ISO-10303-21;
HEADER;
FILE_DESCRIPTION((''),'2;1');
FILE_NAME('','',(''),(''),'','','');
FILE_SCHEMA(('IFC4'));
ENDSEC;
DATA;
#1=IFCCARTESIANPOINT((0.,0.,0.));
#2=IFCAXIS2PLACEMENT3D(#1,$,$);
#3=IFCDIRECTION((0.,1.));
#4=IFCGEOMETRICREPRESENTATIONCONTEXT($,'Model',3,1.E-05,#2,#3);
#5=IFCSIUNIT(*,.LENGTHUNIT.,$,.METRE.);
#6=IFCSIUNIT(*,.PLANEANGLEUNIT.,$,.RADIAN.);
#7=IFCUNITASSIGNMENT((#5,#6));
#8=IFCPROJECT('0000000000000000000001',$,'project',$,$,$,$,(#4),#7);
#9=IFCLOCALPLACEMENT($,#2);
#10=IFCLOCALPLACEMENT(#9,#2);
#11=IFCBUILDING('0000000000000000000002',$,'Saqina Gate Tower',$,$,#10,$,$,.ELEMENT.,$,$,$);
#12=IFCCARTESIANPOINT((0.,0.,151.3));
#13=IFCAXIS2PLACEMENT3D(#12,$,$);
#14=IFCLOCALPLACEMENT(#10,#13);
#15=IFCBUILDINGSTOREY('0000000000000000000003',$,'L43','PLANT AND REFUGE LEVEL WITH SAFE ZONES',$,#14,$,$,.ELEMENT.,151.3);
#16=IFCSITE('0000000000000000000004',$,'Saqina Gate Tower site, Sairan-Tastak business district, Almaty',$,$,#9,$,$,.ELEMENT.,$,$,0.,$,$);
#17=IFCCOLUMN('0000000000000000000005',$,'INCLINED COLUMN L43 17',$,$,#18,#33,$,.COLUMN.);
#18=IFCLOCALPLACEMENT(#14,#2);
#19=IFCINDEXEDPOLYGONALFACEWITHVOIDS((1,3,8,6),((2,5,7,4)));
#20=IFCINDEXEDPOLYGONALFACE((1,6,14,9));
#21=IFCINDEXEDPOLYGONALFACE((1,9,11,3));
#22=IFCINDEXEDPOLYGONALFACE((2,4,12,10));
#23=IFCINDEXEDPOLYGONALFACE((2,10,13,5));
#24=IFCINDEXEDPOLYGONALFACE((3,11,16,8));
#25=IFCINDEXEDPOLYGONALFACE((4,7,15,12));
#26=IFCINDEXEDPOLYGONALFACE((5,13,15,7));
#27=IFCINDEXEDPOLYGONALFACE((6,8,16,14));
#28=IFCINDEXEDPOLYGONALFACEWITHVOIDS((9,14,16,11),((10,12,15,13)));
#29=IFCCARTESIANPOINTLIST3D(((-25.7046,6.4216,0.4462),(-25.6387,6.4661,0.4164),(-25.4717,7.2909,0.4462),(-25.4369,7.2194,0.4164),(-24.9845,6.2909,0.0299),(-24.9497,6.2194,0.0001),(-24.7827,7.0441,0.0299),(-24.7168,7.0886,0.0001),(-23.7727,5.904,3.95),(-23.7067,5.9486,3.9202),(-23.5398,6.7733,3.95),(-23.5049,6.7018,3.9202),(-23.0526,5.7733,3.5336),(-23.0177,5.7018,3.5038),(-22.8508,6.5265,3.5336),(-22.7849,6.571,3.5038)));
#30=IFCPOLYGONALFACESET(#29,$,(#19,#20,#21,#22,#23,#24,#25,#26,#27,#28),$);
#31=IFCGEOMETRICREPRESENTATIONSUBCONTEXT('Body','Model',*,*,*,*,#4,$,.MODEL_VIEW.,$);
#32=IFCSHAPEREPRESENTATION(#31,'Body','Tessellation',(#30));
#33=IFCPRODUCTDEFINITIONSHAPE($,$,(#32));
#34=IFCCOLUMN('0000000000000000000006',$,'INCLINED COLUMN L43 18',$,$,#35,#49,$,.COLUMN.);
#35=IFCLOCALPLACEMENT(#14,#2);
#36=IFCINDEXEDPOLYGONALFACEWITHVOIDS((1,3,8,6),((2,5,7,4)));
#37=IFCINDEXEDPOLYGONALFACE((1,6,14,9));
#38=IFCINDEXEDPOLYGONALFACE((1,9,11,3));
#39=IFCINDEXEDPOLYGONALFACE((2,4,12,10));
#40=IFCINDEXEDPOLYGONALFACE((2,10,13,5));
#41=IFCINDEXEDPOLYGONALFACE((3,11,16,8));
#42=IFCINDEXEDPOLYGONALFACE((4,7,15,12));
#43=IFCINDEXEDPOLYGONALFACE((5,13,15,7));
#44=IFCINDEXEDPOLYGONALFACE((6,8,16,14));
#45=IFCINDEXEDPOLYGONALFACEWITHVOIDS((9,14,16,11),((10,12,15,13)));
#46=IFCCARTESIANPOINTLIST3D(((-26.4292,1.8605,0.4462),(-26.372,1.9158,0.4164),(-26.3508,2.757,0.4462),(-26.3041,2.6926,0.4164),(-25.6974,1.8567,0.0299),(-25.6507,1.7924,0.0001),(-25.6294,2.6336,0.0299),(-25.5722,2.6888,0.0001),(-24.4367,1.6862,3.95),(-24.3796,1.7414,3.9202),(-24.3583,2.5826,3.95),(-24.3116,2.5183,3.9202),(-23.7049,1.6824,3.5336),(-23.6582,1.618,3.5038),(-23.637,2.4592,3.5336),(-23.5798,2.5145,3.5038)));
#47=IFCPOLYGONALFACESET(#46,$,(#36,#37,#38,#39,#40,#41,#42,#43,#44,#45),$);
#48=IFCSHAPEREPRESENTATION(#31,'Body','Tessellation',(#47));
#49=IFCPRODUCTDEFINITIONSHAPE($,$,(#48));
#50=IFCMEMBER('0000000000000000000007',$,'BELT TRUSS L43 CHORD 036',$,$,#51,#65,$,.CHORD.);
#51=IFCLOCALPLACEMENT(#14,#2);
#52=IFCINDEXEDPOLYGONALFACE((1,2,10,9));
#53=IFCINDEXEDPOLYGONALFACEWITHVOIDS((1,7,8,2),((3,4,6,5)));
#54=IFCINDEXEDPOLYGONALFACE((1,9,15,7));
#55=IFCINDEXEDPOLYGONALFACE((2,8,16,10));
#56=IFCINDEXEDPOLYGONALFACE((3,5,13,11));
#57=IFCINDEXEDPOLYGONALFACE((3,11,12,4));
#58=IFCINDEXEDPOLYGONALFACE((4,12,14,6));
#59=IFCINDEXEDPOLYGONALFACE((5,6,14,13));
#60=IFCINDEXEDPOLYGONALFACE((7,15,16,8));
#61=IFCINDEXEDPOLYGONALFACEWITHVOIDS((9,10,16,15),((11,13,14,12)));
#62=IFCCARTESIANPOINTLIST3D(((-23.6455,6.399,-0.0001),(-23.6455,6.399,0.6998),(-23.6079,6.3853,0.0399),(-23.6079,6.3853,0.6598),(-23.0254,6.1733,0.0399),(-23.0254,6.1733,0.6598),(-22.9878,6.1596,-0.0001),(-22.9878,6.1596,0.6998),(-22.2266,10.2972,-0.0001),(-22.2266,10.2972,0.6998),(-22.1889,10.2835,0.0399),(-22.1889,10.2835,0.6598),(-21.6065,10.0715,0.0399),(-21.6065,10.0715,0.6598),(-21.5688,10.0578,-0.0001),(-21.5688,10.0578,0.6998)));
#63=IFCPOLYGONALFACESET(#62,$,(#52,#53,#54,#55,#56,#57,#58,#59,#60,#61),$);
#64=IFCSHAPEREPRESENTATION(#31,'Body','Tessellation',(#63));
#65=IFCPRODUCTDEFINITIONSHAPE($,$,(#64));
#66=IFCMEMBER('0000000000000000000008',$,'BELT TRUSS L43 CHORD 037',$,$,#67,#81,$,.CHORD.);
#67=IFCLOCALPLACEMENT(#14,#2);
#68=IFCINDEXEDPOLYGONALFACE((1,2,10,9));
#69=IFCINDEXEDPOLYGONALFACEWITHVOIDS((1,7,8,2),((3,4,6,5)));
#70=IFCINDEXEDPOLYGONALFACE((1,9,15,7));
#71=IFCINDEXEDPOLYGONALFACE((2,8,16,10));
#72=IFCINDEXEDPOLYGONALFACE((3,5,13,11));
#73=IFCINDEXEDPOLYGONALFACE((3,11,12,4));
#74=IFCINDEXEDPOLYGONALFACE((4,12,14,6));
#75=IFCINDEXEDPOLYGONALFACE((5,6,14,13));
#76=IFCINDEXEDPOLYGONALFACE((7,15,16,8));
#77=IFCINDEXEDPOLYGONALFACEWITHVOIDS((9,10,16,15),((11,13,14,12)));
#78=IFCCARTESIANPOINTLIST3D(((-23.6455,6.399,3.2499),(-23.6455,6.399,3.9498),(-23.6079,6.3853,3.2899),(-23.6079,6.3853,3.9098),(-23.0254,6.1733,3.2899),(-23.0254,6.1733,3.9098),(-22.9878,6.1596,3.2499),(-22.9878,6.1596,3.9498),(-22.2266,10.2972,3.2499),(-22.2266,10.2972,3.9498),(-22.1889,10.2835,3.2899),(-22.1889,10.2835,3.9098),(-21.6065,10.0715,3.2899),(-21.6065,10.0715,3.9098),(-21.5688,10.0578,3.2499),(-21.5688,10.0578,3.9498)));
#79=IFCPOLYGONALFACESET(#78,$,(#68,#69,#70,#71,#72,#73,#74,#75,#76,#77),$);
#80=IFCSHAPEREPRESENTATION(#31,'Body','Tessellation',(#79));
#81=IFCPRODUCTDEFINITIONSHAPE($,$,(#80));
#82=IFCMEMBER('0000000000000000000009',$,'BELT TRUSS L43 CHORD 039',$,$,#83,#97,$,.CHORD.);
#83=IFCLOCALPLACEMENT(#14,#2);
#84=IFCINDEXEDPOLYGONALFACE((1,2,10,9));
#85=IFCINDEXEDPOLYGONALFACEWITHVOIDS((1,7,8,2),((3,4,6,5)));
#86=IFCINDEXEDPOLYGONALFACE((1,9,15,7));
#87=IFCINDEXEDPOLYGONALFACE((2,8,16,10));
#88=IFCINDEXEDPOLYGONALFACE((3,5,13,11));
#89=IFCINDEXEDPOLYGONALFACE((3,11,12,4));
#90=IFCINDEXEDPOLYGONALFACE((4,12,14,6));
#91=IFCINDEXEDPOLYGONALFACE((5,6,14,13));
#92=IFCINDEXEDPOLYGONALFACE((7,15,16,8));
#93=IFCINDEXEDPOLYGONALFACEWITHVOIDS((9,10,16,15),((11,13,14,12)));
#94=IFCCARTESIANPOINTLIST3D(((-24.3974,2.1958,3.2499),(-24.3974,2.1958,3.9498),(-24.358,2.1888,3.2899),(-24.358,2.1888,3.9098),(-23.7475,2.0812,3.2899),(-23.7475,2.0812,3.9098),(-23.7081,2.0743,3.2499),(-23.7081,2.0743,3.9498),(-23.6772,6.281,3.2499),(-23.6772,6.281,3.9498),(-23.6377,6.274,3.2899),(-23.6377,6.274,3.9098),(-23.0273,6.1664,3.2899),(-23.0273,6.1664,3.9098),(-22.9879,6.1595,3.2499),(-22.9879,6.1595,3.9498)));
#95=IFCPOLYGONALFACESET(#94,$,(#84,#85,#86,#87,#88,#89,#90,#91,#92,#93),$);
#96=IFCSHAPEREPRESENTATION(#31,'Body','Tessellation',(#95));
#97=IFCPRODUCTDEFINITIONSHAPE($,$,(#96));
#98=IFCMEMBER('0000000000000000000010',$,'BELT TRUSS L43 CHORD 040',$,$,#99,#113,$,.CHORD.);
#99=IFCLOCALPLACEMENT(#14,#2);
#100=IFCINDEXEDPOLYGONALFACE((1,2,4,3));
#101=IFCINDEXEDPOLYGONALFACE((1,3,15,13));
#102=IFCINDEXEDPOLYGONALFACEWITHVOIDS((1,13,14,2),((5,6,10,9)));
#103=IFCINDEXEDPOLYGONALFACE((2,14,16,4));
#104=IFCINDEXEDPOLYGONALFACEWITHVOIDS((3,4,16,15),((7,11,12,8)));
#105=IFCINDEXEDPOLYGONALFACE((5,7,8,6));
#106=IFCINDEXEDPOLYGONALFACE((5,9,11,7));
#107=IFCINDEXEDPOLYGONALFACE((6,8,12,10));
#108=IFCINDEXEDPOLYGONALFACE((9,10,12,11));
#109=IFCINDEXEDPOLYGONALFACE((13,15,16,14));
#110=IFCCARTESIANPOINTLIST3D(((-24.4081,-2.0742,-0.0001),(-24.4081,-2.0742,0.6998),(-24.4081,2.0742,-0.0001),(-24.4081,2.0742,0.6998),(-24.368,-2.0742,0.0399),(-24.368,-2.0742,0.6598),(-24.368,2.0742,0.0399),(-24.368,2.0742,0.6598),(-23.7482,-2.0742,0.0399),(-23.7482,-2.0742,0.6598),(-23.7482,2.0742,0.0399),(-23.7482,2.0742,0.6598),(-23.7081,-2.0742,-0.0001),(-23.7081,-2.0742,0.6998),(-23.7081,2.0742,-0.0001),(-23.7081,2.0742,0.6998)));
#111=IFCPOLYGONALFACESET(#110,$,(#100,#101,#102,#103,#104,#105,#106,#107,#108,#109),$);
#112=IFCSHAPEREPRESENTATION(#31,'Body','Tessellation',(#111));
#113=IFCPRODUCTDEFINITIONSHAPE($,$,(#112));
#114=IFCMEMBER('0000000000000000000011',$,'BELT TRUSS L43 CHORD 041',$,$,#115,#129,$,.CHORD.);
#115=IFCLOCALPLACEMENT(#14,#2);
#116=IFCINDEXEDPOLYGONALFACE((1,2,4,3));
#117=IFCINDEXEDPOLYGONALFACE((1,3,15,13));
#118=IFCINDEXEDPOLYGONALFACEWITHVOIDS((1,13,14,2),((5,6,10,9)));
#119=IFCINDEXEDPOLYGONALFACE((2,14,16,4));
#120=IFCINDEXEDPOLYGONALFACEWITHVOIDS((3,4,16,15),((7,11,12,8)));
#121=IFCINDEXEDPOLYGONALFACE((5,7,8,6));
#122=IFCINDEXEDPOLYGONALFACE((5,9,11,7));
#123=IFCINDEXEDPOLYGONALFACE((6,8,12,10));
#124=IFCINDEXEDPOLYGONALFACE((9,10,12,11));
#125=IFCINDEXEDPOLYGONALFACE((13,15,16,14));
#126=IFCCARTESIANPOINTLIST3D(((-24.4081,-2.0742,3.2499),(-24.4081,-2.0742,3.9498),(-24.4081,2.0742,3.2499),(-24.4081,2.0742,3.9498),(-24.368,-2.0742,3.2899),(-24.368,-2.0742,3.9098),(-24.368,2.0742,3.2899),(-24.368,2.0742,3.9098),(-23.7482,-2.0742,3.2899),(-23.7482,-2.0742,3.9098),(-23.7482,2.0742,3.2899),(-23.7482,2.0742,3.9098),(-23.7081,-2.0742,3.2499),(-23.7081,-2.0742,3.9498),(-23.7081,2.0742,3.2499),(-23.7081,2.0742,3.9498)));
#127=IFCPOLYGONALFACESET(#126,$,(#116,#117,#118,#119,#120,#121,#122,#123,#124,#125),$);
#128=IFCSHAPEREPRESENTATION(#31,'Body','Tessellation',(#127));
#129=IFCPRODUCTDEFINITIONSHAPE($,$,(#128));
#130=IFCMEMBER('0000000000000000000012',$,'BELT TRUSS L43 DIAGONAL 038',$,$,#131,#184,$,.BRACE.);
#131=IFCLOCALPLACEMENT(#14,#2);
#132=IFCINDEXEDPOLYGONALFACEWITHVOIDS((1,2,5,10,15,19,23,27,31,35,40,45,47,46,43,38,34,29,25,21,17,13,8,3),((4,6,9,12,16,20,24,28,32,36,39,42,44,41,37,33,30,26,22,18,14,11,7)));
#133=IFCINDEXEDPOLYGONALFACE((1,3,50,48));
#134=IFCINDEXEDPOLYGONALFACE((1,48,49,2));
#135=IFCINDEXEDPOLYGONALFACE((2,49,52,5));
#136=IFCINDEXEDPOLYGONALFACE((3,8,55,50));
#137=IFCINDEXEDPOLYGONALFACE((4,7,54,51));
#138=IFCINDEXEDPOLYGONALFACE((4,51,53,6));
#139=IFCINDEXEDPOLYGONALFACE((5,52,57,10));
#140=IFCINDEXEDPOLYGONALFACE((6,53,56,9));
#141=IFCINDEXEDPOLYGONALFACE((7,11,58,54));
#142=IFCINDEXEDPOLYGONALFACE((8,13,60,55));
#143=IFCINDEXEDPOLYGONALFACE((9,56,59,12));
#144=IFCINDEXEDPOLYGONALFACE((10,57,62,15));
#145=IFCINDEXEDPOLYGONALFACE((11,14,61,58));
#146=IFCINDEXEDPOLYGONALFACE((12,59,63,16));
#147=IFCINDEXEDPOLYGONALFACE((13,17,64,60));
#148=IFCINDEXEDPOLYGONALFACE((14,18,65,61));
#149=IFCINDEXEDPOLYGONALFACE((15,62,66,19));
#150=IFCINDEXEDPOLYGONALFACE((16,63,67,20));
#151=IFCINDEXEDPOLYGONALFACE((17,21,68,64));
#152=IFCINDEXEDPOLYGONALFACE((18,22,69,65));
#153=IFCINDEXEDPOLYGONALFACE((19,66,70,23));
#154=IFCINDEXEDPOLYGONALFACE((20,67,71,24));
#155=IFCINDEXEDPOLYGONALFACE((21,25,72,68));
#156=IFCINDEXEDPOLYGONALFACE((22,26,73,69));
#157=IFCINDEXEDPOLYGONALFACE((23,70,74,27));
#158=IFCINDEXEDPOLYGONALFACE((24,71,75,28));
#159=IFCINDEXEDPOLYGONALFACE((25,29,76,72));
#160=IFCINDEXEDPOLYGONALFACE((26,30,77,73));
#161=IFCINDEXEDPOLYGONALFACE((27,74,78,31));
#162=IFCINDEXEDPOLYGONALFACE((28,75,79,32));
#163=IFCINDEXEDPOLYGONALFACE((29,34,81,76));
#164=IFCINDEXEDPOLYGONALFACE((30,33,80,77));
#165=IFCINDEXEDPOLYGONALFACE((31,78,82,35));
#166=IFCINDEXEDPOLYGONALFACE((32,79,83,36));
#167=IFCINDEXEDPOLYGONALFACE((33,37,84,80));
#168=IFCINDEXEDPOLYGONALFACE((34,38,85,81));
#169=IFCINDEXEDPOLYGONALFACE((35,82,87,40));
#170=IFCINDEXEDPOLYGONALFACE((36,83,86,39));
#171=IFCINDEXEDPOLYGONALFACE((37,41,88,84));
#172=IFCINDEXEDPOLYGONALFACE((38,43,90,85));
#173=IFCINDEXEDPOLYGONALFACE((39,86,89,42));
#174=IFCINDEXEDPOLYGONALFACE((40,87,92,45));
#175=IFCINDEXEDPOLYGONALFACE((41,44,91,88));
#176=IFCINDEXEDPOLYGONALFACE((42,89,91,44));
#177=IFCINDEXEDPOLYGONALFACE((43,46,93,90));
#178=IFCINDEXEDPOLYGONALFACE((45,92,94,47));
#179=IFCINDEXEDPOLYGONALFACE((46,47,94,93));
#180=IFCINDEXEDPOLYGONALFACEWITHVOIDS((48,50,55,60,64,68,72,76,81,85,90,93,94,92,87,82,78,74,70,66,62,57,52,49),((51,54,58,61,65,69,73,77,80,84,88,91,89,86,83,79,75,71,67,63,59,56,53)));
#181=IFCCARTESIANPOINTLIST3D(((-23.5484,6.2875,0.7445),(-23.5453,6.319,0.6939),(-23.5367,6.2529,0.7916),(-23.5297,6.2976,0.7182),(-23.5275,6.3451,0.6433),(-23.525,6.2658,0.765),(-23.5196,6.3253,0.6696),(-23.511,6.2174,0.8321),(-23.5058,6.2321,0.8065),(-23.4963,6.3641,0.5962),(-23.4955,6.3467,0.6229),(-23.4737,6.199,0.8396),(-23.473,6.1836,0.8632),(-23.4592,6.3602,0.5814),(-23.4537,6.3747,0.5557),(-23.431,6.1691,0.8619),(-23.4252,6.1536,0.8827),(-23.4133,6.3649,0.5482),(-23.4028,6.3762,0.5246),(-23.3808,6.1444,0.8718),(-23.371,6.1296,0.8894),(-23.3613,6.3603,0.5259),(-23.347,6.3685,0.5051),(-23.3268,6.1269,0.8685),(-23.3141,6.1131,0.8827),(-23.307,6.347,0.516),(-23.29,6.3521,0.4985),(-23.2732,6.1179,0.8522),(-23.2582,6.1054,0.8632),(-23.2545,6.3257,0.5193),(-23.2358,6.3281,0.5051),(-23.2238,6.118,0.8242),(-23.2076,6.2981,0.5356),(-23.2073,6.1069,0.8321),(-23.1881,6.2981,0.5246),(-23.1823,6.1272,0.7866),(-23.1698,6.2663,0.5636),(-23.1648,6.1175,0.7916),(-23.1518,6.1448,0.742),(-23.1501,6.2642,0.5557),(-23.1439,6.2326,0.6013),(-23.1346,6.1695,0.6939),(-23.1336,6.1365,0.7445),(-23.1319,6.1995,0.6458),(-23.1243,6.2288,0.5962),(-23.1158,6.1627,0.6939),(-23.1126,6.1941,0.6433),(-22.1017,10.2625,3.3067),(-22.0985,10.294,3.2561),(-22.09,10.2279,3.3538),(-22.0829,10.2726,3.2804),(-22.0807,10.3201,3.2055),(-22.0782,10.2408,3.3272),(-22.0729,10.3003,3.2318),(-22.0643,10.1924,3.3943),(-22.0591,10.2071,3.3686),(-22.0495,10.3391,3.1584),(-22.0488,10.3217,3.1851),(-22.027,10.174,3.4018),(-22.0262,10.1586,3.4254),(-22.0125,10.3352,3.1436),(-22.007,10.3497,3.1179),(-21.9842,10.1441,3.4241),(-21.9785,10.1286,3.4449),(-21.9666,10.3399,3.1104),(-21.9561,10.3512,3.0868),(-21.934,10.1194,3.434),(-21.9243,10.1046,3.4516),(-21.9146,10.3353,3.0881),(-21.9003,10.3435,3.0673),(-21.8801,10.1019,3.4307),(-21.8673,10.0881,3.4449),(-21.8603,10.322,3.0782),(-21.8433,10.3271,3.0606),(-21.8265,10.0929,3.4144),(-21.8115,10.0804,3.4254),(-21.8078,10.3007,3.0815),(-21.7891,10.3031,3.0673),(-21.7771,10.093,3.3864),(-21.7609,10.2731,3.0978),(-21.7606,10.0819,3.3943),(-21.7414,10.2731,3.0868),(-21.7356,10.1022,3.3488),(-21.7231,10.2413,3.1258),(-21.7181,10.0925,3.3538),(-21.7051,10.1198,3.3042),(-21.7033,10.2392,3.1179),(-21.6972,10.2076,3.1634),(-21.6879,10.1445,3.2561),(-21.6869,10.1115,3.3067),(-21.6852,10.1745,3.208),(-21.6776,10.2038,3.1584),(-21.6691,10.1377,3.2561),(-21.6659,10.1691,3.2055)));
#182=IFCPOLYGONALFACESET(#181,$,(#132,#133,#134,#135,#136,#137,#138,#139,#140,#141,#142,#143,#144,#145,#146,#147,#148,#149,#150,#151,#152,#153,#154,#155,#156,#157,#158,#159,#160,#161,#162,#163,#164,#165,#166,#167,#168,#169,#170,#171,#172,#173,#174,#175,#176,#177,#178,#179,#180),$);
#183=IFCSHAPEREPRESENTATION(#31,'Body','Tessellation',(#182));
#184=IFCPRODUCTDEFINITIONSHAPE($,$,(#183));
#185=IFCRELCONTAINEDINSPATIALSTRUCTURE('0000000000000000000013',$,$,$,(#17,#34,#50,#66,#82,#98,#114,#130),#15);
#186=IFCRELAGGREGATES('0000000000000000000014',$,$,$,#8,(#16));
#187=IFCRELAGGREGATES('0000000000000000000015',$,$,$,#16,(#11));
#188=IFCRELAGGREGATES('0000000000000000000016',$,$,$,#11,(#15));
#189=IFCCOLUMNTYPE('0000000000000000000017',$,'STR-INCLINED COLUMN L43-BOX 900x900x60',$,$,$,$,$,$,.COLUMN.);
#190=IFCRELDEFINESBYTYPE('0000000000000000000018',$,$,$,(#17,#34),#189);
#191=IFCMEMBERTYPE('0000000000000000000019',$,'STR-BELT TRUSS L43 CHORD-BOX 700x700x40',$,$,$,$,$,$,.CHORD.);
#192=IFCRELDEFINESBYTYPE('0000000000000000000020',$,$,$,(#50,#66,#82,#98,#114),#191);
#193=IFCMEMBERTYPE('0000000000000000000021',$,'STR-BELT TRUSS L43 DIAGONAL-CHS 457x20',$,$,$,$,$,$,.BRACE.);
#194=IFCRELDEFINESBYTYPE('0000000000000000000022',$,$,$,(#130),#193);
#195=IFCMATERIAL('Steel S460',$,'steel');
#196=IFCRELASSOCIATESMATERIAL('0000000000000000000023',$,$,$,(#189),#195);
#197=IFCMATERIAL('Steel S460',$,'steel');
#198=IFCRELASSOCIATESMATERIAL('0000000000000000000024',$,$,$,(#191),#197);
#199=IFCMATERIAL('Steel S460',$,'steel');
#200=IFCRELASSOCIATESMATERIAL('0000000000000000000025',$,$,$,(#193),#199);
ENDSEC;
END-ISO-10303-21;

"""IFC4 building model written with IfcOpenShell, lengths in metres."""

from ifc_helpers import new_model, si_unit, direction, frame, origin, origin_2d, place, context, subcontext, project, spatial, hollow_rectangle, hollow_circle, extrude, material, material_profile, profile_set, type_object, element, save


model = new_model("IFC4")

# Units and contexts
model_context = context("Model", 3, precision=1e-05, world=origin(), true_north=direction((0.0, 1.0)))
body_context = subcontext(model_context, "Body", "Model", "MODEL_VIEW")
ifc_project = project(units=[si_unit("LENGTHUNIT", "METRE"), si_unit("PLANEANGLEUNIT", "RADIAN")], contexts=[model_context])

# Site, building, storey
site_placement = place(None, origin())
site = spatial("IfcSite", under=ifc_project, at=site_placement, Name="Saqina Gate Tower site, Sairan-Tastak business district, Almaty", CompositionType="ELEMENT", RefElevation=0.0)
building_placement = place(site_placement, origin())
building = spatial("IfcBuilding", under=site, at=building_placement, Name="Saqina Gate Tower", CompositionType="ELEMENT")
storey_placement = place(building_placement, frame((0.0, 0.0, 151.3)))
storey = spatial("IfcBuildingStorey", under=building, at=storey_placement, Name="L43", Description="PLANT AND REFUGE LEVEL WITH SAFE ZONES", CompositionType="ELEMENT", Elevation=151.3)

# Columns
ifc_material_1 = material(Name="Steel S460", Category="steel")
ifc_material_profile_1 = material_profile(ifc_material_1, hollow_rectangle(XDim=0.8999, YDim=0.8999, WallThickness=0.0601, at=origin_2d()), Name="BOX 900x900x60")
ifc_profile_set_1 = profile_set([ifc_material_profile_1], Name="Steel S460")
column_type = type_object("IfcColumnType", Name="STR-INCLINED COLUMN L43-BOX 900x900x60", PredefinedType="COLUMN", material=ifc_profile_set_1)
for number, where, z_axis, x_axis, name in (
    (1, (-25.2107, 6.7551, 0.2231), (0.478863, -0.128294, 0.868465), (0.258787, 0.965934, 0.0), "INCLINED COLUMN L43 17"),
    (2, (-26.0007, 2.2747, 0.2231), (0.493869, -0.043208, 0.868462), (0.087156, 0.996195, 0.0), "INCLINED COLUMN L43 18"),
):
    element("IfcColumn", number, at=place(storey_placement, frame(where, z_axis=z_axis, x_axis=x_axis)), inside=storey, type_object=column_type, Name=name, PredefinedType="COLUMN", context=body_context, shape_type="SweptSolid", body=[
        extrude(hollow_rectangle(XDim=0.8999, YDim=0.8999, WallThickness=0.0601, at=origin_2d()), origin(), (0.0, 0.0, 1.0), 4.0344),
    ])

# Members
ifc_material_2 = material(Name="Steel S460", Category="steel")
ifc_material_profile_2 = material_profile(ifc_material_2, hollow_rectangle(XDim=0.7, YDim=0.7, WallThickness=0.04, at=origin_2d()), Name="BOX 700x700x40")
ifc_profile_set_2 = profile_set([ifc_material_profile_2], Name="Steel S460")
member_type_1 = type_object("IfcMemberType", Name="STR-BELT TRUSS L43 CHORD-BOX 700x700x40", PredefinedType="CHORD", material=ifc_profile_set_2)
for number, where, z_axis, x_axis, name in (
    (3, (-21.8977, 10.1775, 0.3499), (-0.342045, -0.939683, 0.0), (0.939683, -0.342045, 0.0), "BELT TRUSS L43 CHORD 036"),
    (4, (-21.8977, 10.1775, 3.5999), (-0.342045, -0.939683, 0.0), (0.939683, -0.342045, 0.0), "BELT TRUSS L43 CHORD 037"),
):
    element("IfcMember", number, at=place(storey_placement, frame(where, z_axis=z_axis, x_axis=x_axis)), inside=storey, type_object=member_type_1, Name=name, PredefinedType="CHORD", context=body_context, shape_type="SweptSolid", body=[
        extrude(hollow_rectangle(XDim=0.7, YDim=0.7, WallThickness=0.04, at=origin_2d()), origin(), (0.0, 0.0, 1.0), 4.1484),
    ])
member_1_placement = place(storey_placement, frame((-23.3325, 6.2202, 3.5999), z_axis=(-0.173621, -0.984813, 0.0), x_axis=(0.984813, -0.173621, 0.0)))
element("IfcMember", 5, at=member_1_placement, inside=storey, type_object=member_type_1, Name="BELT TRUSS L43 CHORD 039", PredefinedType="CHORD", context=body_context, shape_type="SweptSolid", body=[
    extrude(hollow_rectangle(XDim=0.7, YDim=0.7, WallThickness=0.04, at=origin_2d()), origin(), (0.0, 0.0, 1.0), 4.1482),
])
for number, where, z_axis, x_axis, name in (
    (6, (-24.0581, 2.0742, 0.3499), (0.0, -1.0, 0.0), (1.0, 0.0, 0.0), "BELT TRUSS L43 CHORD 040"),
    (7, (-24.0581, 2.0742, 3.5999), (0.0, -1.0, 0.0), (1.0, 0.0, 0.0), "BELT TRUSS L43 CHORD 041"),
):
    element("IfcMember", number, at=place(storey_placement, frame(where, z_axis=z_axis, x_axis=x_axis)), inside=storey, type_object=member_type_1, Name=name, PredefinedType="CHORD", context=body_context, shape_type="SweptSolid", body=[
        extrude(hollow_rectangle(XDim=0.7, YDim=0.7, WallThickness=0.04, at=origin_2d()), origin(), (0.0, 0.0, 1.0), 4.1484),
    ])
ifc_material_3 = material(Name="Steel S460", Category="steel")
ifc_material_profile_3 = material_profile(ifc_material_3, hollow_circle(Radius=0.2285, WallThickness=0.02, at=origin_2d()), Name="CHS 457x20")
ifc_profile_set_3 = profile_set([ifc_material_profile_3], Name="Steel S460")
member_type_2 = type_object("IfcMemberType", Name="STR-BELT TRUSS L43 DIAGONAL-CHS 457x20", PredefinedType="BRACE", material=ifc_profile_set_3)
for number, where, z_axis, x_axis, name in (
    (8, (-21.8838, 10.2158, 3.2561), (-0.292534, -0.803752, -0.51808), (0.939696, -0.342012, 0.0), "BELT TRUSS L43 DIAGONAL 038"),
):
    element("IfcMember", number, at=place(storey_placement, frame(where, z_axis=z_axis, x_axis=x_axis)), inside=storey, type_object=member_type_2, Name=name, PredefinedType="BRACE", context=body_context, shape_type="SweptSolid", body=[
        extrude(hollow_circle(Radius=0.2285, WallThickness=0.02, at=origin_2d()), origin(), (0.0, 0.0, 1.0), 4.9456),
    ])

save(model, "model.ifc")
